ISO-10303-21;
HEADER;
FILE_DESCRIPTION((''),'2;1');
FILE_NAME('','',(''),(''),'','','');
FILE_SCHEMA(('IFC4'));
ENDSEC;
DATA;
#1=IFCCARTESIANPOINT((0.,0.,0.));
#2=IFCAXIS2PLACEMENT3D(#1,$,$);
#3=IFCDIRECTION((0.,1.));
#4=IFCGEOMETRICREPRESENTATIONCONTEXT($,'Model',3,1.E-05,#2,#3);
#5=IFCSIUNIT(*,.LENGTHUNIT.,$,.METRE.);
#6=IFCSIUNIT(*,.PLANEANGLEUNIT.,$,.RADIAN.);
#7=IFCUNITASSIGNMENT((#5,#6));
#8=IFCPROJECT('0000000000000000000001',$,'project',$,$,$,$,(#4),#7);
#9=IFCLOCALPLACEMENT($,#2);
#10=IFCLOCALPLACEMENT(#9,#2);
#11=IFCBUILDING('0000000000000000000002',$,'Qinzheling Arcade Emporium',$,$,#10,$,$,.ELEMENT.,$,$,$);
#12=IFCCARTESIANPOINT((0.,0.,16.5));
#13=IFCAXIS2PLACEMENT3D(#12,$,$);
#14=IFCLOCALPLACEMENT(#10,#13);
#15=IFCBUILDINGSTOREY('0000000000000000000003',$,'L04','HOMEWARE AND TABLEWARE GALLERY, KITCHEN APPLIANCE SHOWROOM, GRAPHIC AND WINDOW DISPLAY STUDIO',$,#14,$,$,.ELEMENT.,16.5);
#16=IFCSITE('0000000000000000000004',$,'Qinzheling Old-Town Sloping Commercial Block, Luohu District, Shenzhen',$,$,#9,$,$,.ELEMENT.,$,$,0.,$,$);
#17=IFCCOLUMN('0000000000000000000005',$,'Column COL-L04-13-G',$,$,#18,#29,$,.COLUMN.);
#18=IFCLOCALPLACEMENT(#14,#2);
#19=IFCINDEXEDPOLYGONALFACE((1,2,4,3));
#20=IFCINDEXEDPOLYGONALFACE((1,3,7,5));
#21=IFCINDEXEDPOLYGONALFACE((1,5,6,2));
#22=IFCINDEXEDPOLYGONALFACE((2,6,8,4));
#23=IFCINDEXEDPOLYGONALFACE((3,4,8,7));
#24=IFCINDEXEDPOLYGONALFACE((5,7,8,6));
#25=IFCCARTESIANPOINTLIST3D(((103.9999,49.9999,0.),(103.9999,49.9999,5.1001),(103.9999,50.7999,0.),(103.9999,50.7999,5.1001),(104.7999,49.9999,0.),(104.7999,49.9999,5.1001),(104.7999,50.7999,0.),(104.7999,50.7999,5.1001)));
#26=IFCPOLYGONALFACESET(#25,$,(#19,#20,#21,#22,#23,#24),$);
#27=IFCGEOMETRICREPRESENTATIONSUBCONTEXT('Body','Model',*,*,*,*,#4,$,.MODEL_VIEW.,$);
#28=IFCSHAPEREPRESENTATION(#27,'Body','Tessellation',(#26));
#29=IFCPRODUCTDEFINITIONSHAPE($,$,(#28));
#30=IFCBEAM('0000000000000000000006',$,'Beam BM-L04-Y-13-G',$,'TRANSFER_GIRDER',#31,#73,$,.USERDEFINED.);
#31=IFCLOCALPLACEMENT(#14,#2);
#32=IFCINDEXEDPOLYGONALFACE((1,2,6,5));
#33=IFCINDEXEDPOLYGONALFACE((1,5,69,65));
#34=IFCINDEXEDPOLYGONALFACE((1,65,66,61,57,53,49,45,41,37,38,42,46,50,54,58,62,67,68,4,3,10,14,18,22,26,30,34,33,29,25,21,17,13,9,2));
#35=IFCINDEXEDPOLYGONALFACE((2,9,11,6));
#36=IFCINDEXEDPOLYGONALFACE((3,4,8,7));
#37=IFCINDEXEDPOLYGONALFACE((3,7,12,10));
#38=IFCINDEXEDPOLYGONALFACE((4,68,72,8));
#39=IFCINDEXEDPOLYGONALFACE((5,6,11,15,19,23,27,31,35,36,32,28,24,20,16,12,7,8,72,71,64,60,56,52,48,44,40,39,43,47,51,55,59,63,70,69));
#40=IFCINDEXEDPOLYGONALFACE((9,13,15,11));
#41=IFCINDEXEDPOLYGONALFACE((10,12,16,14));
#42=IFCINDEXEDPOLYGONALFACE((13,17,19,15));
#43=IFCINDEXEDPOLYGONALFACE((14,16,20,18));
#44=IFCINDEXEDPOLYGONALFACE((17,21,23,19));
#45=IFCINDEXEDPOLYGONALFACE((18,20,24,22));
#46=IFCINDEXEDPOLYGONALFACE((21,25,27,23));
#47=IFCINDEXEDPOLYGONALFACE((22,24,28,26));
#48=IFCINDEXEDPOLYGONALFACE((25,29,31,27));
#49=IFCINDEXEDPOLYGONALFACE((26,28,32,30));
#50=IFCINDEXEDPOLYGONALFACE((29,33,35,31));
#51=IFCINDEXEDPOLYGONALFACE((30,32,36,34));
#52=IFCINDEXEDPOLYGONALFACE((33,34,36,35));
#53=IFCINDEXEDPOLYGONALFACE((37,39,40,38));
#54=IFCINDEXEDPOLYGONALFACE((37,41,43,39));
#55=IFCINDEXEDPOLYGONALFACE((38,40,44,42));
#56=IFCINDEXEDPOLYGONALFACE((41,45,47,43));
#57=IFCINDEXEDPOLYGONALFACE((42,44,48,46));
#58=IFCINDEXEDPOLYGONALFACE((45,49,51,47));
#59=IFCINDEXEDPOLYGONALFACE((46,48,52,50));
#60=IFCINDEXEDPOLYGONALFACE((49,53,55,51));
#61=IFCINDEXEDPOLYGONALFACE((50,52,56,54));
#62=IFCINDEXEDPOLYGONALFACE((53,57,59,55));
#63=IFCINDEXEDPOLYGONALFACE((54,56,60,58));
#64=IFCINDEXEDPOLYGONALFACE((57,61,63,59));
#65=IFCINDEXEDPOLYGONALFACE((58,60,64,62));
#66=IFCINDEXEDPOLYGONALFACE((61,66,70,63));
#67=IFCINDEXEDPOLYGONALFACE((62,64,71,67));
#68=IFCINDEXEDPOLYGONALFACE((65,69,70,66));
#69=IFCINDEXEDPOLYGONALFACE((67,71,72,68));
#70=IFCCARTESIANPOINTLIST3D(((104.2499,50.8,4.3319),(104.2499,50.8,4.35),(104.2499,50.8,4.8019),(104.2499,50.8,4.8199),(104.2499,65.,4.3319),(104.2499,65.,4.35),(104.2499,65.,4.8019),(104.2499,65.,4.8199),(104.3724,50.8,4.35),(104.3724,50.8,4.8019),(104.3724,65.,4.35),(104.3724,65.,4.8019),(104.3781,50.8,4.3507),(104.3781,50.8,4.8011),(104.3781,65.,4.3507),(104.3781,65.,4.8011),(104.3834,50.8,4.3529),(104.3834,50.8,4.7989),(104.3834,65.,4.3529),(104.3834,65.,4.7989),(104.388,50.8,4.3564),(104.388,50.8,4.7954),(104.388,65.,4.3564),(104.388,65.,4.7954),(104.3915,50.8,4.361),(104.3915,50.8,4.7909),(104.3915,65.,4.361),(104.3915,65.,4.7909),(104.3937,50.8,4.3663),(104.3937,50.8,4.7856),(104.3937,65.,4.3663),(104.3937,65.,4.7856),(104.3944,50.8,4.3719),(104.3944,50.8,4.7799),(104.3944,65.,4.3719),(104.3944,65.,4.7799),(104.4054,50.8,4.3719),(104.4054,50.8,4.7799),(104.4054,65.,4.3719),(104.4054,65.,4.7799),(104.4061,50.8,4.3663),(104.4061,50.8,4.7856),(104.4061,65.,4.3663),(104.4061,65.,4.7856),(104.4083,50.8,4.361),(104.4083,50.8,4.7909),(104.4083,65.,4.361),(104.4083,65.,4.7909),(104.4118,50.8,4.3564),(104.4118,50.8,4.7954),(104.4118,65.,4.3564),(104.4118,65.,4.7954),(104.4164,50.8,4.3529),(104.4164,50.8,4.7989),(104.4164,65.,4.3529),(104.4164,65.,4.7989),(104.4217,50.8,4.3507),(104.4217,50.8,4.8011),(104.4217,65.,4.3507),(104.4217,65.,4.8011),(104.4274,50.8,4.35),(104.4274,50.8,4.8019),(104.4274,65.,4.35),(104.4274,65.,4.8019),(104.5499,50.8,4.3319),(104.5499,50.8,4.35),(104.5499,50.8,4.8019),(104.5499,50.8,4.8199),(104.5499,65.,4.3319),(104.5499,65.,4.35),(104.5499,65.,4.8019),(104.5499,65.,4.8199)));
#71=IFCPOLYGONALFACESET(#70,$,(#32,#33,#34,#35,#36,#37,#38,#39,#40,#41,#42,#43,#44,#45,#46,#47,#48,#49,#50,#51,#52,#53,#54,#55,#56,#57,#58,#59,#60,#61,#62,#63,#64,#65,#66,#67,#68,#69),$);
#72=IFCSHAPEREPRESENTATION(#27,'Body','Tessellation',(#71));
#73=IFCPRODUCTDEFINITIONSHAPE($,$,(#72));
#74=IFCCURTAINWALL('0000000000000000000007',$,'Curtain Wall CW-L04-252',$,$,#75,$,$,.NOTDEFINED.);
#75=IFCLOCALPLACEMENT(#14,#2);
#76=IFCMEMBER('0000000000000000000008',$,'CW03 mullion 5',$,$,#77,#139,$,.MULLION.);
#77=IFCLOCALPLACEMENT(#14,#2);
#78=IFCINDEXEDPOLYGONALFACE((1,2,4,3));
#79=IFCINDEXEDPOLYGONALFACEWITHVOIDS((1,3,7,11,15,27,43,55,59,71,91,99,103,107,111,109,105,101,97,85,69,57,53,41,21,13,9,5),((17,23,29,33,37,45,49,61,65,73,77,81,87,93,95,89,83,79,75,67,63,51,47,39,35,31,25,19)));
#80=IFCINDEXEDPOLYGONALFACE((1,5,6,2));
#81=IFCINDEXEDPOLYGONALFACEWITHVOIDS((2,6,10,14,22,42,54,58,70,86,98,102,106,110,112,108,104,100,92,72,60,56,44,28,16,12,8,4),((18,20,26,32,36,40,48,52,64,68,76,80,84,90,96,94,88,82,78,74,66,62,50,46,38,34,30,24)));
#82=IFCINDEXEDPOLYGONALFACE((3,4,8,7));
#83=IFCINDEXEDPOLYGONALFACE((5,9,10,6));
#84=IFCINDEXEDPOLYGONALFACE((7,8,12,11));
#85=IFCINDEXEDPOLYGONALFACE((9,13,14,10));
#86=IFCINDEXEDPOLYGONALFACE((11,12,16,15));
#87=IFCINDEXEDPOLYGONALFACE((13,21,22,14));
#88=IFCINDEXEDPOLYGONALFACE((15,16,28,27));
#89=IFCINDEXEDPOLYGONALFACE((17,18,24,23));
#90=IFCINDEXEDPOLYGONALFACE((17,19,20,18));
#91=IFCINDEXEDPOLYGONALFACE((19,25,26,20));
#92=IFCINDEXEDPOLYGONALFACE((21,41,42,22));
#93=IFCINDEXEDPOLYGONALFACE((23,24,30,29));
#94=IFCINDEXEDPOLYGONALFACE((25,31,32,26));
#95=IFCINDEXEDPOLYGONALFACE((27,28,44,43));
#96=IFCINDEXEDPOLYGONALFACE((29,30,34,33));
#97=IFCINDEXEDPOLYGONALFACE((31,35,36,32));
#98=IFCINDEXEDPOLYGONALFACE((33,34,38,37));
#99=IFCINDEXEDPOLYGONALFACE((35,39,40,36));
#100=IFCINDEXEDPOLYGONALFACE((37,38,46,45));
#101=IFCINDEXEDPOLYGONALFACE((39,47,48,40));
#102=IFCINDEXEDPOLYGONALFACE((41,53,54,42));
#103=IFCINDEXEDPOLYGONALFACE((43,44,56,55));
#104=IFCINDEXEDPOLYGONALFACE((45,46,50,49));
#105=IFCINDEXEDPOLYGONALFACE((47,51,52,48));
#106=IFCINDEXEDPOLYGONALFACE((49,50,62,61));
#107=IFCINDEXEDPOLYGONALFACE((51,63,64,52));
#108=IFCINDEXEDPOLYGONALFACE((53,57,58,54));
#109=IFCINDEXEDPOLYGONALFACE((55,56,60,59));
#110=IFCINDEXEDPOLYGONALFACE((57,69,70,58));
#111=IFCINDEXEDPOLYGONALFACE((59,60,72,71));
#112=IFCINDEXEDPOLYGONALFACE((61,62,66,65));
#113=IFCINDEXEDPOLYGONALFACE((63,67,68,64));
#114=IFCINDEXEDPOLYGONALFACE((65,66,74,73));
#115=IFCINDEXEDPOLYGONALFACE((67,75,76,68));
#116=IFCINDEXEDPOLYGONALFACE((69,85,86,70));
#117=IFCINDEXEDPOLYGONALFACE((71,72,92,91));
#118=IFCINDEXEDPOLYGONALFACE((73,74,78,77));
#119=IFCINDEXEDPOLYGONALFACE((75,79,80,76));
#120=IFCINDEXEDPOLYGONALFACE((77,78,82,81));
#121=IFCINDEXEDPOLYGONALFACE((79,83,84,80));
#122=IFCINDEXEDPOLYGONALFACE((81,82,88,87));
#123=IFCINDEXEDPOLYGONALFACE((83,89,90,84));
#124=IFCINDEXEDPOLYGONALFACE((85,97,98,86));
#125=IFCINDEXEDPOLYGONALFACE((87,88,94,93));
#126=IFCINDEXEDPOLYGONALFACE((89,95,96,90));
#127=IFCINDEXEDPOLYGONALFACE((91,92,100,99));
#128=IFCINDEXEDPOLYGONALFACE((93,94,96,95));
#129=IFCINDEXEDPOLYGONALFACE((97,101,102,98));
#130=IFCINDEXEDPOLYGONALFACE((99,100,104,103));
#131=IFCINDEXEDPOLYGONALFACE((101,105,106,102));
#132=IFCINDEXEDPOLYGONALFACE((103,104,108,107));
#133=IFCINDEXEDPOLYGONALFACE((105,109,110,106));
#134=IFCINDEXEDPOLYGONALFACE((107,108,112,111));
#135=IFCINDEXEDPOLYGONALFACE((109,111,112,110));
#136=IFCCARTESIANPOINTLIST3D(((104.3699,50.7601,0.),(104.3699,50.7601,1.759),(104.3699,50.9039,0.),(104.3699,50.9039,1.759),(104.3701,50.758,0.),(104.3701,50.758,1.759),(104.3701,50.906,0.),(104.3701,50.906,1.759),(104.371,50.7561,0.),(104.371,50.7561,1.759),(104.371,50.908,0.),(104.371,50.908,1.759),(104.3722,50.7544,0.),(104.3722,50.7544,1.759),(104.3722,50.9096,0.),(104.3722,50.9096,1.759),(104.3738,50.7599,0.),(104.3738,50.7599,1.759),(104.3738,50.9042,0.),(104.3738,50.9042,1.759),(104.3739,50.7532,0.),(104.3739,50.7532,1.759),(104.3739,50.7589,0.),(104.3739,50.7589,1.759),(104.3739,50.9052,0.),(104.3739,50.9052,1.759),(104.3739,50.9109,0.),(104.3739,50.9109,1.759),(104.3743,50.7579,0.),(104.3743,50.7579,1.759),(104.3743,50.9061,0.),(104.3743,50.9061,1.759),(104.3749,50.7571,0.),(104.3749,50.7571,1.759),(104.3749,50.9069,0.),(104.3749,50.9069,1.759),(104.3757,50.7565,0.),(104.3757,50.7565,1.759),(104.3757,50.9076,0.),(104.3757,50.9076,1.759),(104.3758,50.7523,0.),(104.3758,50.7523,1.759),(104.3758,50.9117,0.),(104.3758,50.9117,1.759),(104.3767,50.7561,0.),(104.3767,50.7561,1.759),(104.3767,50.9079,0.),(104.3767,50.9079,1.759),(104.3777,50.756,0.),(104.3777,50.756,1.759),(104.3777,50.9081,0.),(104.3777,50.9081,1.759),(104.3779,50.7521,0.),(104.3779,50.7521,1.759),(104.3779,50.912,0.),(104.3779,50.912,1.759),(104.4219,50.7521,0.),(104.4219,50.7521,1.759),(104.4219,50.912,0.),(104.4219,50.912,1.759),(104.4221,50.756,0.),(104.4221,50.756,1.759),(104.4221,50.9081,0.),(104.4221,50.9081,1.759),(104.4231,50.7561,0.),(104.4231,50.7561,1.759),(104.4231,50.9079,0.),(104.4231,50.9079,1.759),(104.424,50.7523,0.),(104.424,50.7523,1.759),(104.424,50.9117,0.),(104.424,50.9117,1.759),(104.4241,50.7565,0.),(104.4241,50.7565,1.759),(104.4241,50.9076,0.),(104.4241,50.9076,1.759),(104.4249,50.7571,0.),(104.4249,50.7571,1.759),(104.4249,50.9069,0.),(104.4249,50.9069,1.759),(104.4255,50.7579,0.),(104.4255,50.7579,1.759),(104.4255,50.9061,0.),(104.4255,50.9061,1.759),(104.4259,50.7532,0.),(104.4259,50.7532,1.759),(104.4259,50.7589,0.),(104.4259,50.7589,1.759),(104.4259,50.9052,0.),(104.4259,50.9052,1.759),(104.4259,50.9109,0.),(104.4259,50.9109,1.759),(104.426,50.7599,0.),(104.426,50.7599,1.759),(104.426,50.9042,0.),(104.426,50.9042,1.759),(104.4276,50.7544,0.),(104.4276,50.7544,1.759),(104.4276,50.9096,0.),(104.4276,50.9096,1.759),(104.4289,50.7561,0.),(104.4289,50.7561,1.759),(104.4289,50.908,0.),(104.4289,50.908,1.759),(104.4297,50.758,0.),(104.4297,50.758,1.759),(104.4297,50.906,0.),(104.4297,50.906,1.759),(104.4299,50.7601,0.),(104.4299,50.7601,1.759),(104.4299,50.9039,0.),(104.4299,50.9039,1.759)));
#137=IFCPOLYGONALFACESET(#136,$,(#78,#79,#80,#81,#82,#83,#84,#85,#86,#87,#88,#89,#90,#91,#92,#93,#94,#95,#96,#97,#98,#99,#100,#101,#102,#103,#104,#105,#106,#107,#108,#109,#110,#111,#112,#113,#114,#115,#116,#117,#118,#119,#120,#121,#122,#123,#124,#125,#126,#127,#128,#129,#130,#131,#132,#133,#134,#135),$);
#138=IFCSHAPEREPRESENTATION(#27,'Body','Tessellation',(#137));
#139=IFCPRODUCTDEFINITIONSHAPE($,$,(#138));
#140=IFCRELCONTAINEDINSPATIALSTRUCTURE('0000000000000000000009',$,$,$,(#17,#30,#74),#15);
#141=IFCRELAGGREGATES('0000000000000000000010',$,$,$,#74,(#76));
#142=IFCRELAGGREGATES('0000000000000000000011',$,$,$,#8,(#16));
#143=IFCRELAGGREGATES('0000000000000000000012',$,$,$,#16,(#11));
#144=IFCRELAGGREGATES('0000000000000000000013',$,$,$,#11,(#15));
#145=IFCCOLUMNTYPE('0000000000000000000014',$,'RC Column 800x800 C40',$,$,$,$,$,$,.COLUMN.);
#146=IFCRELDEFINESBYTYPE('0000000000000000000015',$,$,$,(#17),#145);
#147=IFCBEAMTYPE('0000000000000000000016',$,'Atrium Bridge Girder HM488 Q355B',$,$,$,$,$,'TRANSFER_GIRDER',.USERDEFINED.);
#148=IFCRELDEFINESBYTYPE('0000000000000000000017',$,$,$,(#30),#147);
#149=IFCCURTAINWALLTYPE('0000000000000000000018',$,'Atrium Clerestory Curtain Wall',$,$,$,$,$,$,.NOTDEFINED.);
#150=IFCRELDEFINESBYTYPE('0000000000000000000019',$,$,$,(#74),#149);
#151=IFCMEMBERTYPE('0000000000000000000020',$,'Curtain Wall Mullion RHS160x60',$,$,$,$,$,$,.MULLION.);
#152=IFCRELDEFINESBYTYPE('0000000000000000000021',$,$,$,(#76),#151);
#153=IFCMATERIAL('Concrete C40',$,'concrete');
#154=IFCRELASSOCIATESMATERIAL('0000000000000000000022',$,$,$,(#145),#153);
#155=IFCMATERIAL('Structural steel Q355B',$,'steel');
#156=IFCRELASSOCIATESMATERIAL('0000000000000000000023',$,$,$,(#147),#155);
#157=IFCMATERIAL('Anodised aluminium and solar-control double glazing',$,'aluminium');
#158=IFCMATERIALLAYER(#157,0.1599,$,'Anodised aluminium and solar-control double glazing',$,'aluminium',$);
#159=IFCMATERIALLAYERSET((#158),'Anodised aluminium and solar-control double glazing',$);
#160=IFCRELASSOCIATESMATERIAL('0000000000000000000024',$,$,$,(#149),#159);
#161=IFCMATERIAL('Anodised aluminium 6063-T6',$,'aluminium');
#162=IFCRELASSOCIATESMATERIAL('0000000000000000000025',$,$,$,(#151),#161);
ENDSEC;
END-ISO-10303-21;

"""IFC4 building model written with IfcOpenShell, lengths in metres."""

from ifc_helpers import new_model, si_unit, direction, frame, origin, origin_2d, place, context, subcontext, project, spatial, rectangle, hollow_rectangle, i_section, extrude, material, layer, layer_set, material_profile, profile_set, type_object, element, aggregate, save


model = new_model("IFC4")

# Units and contexts
model_context = context("Model", 3, precision=1e-05, world=origin(), true_north=direction((0.0, 1.0)))
body_context = subcontext(model_context, "Body", "Model", "MODEL_VIEW")
ifc_project = project(units=[si_unit("LENGTHUNIT", "METRE"), si_unit("PLANEANGLEUNIT", "RADIAN")], contexts=[model_context])

# Site, building, storey
site_placement = place(None, origin())
site = spatial("IfcSite", under=ifc_project, at=site_placement, Name="Qinzheling Old-Town Sloping Commercial Block, Luohu District, Shenzhen", CompositionType="ELEMENT", RefElevation=0.0)
building_placement = place(site_placement, origin())
building = spatial("IfcBuilding", under=site, at=building_placement, Name="Qinzheling Arcade Emporium", CompositionType="ELEMENT")
storey_placement = place(building_placement, frame((0.0, 0.0, 16.5)))
storey = spatial("IfcBuildingStorey", under=building, at=storey_placement, Name="L04", Description="HOMEWARE AND TABLEWARE GALLERY, KITCHEN APPLIANCE SHOWROOM, GRAPHIC AND WINDOW DISPLAY STUDIO", CompositionType="ELEMENT", Elevation=16.5)

# Column
ifc_material_1 = material(Name="Concrete C40", Category="concrete")
ifc_material_profile_1 = material_profile(ifc_material_1, rectangle(XDim=0.8, YDim=0.8, at=origin_2d()), Name="RC 800x800", Category="concrete")
ifc_profile_set_1 = profile_set([ifc_material_profile_1], Name="Concrete C40")
column_type = type_object("IfcColumnType", Name="RC Column 800x800 C40", PredefinedType="COLUMN", material=ifc_profile_set_1)
column_placement = place(storey_placement, frame((104.3999, 50.3999, 0.0), z_axis=(0.0, 0.0, 1.0), x_axis=(1.0, 0.0, 0.0)))
element("IfcColumn", 1, at=column_placement, inside=storey, type_object=column_type, Name="Column COL-L04-13-G", PredefinedType="COLUMN", context=body_context, shape_type="SweptSolid", body=[
    extrude(rectangle(XDim=0.8, YDim=0.8, at=origin_2d()), origin(), (0.0, 0.0, 1.0), 5.1001),
])

# Beam
ifc_material_2 = material(Name="Structural steel Q355B", Category="steel")
ifc_material_profile_2 = material_profile(ifc_material_2, i_section(OverallWidth=0.3, OverallDepth=0.488, WebThickness=0.011, FlangeThickness=0.0181, FilletRadius=0.022, at=origin_2d()), Name="HM 488x300x11x18", Category="steel")
ifc_profile_set_2 = profile_set([ifc_material_profile_2], Name="Structural steel Q355B")
beam_type = type_object("IfcBeamType", Name="Atrium Bridge Girder HM488 Q355B", ElementType="TRANSFER_GIRDER", PredefinedType="USERDEFINED", material=ifc_profile_set_2)
beam_placement = place(storey_placement, frame((104.3999, 50.8, 4.5759), z_axis=(0.0, 1.0, 0.0), x_axis=(-1.0, 0.0, 0.0)))
element("IfcBeam", 2, at=beam_placement, inside=storey, type_object=beam_type, Name="Beam BM-L04-Y-13-G", ObjectType="TRANSFER_GIRDER", PredefinedType="USERDEFINED", context=body_context, shape_type="SweptSolid", body=[
    extrude(i_section(OverallWidth=0.3, OverallDepth=0.488, WebThickness=0.011, FlangeThickness=0.0181, FilletRadius=0.022, at=origin_2d()), origin(), (0.0, 0.0, 1.0), 14.2),
])

# Curtain wall, member
ifc_material_3 = material(Name="Anodised aluminium and solar-control double glazing", Category="aluminium")
ifc_layer_1 = layer(ifc_material_3, 0.1599, Name="Anodised aluminium and solar-control double glazing", Category="aluminium")
ifc_layer_set_1 = layer_set([ifc_layer_1], Name="Anodised aluminium and solar-control double glazing")
curtain_wall_type = type_object("IfcCurtainWallType", Name="Atrium Clerestory Curtain Wall", PredefinedType="NOTDEFINED", material=ifc_layer_set_1)
curtain_wall_1_placement = place(storey_placement, origin())
curtain_wall_1 = element("IfcCurtainWall", 3, at=curtain_wall_1_placement, inside=storey, type_object=curtain_wall_type, Name="Curtain Wall CW-L04-252", PredefinedType="NOTDEFINED")
ifc_material_4 = material(Name="Anodised aluminium 6063-T6", Category="aluminium")
ifc_material_profile_3 = material_profile(ifc_material_4, hollow_rectangle(XDim=0.0601, YDim=0.1599, WallThickness=0.0039, InnerFilletRadius=0.0039, OuterFilletRadius=0.0081, at=origin_2d()), Name="RHS 160x60x4", Category="aluminium")
ifc_profile_set_3 = profile_set([ifc_material_profile_3], Name="Anodised aluminium 6063-T6")
member_type_1 = type_object("IfcMemberType", Name="Curtain Wall Mullion RHS160x60", PredefinedType="MULLION", material=ifc_profile_set_3)
member_1_placement = place(storey_placement, frame((104.3999, 50.832, 0.0), z_axis=(0.0, 0.0, 1.0), x_axis=(1.0, 0.0, 0.0)))
member_1 = element("IfcMember", 4, at=member_1_placement, type_object=member_type_1, Name="CW03 mullion 5", PredefinedType="MULLION", context=body_context, shape_type="SweptSolid", body=[
    extrude(hollow_rectangle(XDim=0.0601, YDim=0.1599, WallThickness=0.0039, InnerFilletRadius=0.0039, OuterFilletRadius=0.0081, at=origin_2d()), origin(), (0.0, 0.0, 1.0), 1.759),
])

aggregate(curtain_wall_1, [member_1])

save(model, "model.ifc")
